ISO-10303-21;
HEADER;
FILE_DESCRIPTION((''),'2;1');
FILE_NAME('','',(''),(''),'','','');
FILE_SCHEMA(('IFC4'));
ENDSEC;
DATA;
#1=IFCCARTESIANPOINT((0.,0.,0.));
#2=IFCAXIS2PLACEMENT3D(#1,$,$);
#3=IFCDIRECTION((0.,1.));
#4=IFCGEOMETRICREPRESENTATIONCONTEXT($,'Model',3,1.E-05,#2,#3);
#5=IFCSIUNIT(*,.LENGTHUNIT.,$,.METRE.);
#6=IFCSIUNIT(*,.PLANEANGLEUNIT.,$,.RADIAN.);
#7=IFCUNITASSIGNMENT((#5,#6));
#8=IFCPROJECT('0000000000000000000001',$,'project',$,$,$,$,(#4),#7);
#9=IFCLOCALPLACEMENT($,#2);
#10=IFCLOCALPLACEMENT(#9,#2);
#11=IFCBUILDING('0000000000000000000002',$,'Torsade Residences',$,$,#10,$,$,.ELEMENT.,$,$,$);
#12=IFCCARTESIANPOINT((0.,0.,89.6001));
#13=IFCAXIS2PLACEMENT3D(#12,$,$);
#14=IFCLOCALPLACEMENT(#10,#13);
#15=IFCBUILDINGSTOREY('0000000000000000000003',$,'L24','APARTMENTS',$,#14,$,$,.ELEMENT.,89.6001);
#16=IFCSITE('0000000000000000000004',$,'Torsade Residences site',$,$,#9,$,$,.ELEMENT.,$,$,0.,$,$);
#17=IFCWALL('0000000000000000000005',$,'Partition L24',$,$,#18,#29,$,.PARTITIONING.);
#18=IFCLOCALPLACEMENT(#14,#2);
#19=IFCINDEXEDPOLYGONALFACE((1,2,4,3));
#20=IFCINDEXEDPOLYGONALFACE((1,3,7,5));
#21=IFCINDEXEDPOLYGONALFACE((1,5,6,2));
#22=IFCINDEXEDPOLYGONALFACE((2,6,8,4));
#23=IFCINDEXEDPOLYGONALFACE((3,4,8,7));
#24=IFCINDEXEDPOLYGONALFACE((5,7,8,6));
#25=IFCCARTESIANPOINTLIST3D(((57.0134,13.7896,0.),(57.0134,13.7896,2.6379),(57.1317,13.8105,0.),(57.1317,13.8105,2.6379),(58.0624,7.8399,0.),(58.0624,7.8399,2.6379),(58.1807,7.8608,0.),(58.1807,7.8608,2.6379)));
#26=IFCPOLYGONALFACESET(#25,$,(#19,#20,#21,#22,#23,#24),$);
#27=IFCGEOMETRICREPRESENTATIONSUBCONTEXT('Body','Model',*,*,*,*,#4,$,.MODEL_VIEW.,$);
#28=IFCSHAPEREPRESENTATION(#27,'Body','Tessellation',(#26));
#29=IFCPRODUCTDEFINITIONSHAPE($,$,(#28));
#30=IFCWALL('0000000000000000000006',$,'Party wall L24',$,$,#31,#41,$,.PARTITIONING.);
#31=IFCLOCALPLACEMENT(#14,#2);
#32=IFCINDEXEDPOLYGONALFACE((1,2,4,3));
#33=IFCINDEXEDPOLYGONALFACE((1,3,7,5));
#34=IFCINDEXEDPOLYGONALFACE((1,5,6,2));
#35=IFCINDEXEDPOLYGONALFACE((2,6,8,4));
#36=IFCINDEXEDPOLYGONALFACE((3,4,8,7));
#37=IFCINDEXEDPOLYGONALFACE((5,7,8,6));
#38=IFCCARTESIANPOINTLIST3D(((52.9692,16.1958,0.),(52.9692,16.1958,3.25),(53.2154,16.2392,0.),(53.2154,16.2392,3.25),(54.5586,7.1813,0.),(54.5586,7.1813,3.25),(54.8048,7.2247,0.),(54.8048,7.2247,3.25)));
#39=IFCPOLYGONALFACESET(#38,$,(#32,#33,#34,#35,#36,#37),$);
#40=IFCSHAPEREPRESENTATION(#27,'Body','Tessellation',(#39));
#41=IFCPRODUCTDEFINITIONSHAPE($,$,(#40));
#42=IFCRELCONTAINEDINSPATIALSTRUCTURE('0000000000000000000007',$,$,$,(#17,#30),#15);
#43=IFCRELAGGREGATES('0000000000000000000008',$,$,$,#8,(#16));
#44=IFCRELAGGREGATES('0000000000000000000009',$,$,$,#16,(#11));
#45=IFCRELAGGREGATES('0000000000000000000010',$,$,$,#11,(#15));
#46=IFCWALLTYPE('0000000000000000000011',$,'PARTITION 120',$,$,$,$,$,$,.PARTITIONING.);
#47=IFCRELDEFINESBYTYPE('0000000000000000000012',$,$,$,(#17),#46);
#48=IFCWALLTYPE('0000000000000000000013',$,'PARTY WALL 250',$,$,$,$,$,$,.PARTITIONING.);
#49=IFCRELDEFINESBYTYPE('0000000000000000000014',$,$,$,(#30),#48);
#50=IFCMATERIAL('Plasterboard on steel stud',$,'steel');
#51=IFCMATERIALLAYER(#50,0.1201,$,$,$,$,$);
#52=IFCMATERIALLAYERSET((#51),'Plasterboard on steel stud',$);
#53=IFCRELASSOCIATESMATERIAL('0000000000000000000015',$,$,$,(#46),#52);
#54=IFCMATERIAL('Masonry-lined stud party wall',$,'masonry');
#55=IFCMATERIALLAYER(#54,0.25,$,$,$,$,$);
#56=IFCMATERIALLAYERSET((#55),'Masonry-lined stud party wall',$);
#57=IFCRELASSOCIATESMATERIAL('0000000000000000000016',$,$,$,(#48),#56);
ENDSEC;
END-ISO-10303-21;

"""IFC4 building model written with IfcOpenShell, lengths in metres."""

from ifc_helpers import new_model, si_unit, direction, frame, frame_2d, origin, place, context, subcontext, project, spatial, rectangle, extrude, material, layer, layer_set, type_object, element, save


model = new_model("IFC4")

# Units and contexts
model_context = context("Model", 3, precision=1e-05, world=origin(), true_north=direction((0.0, 1.0)))
body_context = subcontext(model_context, "Body", "Model", "MODEL_VIEW")
ifc_project = project(units=[si_unit("LENGTHUNIT", "METRE"), si_unit("PLANEANGLEUNIT", "RADIAN")], contexts=[model_context])

# Site, building, storey
site_placement = place(None, origin())
site = spatial("IfcSite", under=ifc_project, at=site_placement, Name="Torsade Residences site", CompositionType="ELEMENT", RefElevation=0.0)
building_placement = place(site_placement, origin())
building = spatial("IfcBuilding", under=site, at=building_placement, Name="Torsade Residences", CompositionType="ELEMENT")
storey_placement = place(building_placement, frame((0.0, 0.0, 89.6001)))
storey = spatial("IfcBuildingStorey", under=building, at=storey_placement, Name="L24", Description="APARTMENTS", CompositionType="ELEMENT", Elevation=89.6001)

# Shared definitions
ifc_material_1 = material(Name="Plasterboard on steel stud", Category="steel")
ifc_layer_1 = layer(ifc_material_1, 0.1201)
ifc_layer_set_1 = layer_set([ifc_layer_1], Name="Plasterboard on steel stud")
wall_type_1 = type_object("IfcWallType", Name="PARTITION 120", PredefinedType="PARTITIONING", material=ifc_layer_set_1)

# Walls
wall_1_placement = place(storey_placement, frame((58.1216, 7.8503, 0.0), z_axis=(0.0, 0.0, 1.0), x_axis=(-0.173645, 0.984808, 0.0)))
element("IfcWall", 1, at=wall_1_placement, inside=storey, type_object=wall_type_1, Name="Partition L24", PredefinedType="PARTITIONING", context=body_context, shape_type="SweptSolid", body=[
    extrude(rectangle(XDim=6.0415, YDim=0.1201, at=frame_2d((3.0208, 0.0))), origin(), (0.0, 0.0, 1.0), 2.6379),
])
ifc_material_2 = material(Name="Masonry-lined stud party wall", Category="masonry")
ifc_layer_2 = layer(ifc_material_2, 0.25)
ifc_layer_set_2 = layer_set([ifc_layer_2], Name="Masonry-lined stud party wall")
wall_type_2 = type_object("IfcWallType", Name="PARTY WALL 250", PredefinedType="PARTITIONING", material=ifc_layer_set_2)
wall_2_placement = place(storey_placement, frame((54.6816, 7.2031, 0.0), z_axis=(0.0, 0.0, 1.0), x_axis=(-0.17363, 0.984811, 0.0)))
element("IfcWall", 2, at=wall_2_placement, inside=storey, type_object=wall_type_2, Name="Party wall L24", PredefinedType="PARTITIONING", context=body_context, shape_type="SweptSolid", body=[
    extrude(rectangle(XDim=9.1536, YDim=0.25, at=frame_2d((4.5767, 0.0))), origin(), (0.0, 0.0, 1.0), 3.25),
])

save(model, "model.ifc")
